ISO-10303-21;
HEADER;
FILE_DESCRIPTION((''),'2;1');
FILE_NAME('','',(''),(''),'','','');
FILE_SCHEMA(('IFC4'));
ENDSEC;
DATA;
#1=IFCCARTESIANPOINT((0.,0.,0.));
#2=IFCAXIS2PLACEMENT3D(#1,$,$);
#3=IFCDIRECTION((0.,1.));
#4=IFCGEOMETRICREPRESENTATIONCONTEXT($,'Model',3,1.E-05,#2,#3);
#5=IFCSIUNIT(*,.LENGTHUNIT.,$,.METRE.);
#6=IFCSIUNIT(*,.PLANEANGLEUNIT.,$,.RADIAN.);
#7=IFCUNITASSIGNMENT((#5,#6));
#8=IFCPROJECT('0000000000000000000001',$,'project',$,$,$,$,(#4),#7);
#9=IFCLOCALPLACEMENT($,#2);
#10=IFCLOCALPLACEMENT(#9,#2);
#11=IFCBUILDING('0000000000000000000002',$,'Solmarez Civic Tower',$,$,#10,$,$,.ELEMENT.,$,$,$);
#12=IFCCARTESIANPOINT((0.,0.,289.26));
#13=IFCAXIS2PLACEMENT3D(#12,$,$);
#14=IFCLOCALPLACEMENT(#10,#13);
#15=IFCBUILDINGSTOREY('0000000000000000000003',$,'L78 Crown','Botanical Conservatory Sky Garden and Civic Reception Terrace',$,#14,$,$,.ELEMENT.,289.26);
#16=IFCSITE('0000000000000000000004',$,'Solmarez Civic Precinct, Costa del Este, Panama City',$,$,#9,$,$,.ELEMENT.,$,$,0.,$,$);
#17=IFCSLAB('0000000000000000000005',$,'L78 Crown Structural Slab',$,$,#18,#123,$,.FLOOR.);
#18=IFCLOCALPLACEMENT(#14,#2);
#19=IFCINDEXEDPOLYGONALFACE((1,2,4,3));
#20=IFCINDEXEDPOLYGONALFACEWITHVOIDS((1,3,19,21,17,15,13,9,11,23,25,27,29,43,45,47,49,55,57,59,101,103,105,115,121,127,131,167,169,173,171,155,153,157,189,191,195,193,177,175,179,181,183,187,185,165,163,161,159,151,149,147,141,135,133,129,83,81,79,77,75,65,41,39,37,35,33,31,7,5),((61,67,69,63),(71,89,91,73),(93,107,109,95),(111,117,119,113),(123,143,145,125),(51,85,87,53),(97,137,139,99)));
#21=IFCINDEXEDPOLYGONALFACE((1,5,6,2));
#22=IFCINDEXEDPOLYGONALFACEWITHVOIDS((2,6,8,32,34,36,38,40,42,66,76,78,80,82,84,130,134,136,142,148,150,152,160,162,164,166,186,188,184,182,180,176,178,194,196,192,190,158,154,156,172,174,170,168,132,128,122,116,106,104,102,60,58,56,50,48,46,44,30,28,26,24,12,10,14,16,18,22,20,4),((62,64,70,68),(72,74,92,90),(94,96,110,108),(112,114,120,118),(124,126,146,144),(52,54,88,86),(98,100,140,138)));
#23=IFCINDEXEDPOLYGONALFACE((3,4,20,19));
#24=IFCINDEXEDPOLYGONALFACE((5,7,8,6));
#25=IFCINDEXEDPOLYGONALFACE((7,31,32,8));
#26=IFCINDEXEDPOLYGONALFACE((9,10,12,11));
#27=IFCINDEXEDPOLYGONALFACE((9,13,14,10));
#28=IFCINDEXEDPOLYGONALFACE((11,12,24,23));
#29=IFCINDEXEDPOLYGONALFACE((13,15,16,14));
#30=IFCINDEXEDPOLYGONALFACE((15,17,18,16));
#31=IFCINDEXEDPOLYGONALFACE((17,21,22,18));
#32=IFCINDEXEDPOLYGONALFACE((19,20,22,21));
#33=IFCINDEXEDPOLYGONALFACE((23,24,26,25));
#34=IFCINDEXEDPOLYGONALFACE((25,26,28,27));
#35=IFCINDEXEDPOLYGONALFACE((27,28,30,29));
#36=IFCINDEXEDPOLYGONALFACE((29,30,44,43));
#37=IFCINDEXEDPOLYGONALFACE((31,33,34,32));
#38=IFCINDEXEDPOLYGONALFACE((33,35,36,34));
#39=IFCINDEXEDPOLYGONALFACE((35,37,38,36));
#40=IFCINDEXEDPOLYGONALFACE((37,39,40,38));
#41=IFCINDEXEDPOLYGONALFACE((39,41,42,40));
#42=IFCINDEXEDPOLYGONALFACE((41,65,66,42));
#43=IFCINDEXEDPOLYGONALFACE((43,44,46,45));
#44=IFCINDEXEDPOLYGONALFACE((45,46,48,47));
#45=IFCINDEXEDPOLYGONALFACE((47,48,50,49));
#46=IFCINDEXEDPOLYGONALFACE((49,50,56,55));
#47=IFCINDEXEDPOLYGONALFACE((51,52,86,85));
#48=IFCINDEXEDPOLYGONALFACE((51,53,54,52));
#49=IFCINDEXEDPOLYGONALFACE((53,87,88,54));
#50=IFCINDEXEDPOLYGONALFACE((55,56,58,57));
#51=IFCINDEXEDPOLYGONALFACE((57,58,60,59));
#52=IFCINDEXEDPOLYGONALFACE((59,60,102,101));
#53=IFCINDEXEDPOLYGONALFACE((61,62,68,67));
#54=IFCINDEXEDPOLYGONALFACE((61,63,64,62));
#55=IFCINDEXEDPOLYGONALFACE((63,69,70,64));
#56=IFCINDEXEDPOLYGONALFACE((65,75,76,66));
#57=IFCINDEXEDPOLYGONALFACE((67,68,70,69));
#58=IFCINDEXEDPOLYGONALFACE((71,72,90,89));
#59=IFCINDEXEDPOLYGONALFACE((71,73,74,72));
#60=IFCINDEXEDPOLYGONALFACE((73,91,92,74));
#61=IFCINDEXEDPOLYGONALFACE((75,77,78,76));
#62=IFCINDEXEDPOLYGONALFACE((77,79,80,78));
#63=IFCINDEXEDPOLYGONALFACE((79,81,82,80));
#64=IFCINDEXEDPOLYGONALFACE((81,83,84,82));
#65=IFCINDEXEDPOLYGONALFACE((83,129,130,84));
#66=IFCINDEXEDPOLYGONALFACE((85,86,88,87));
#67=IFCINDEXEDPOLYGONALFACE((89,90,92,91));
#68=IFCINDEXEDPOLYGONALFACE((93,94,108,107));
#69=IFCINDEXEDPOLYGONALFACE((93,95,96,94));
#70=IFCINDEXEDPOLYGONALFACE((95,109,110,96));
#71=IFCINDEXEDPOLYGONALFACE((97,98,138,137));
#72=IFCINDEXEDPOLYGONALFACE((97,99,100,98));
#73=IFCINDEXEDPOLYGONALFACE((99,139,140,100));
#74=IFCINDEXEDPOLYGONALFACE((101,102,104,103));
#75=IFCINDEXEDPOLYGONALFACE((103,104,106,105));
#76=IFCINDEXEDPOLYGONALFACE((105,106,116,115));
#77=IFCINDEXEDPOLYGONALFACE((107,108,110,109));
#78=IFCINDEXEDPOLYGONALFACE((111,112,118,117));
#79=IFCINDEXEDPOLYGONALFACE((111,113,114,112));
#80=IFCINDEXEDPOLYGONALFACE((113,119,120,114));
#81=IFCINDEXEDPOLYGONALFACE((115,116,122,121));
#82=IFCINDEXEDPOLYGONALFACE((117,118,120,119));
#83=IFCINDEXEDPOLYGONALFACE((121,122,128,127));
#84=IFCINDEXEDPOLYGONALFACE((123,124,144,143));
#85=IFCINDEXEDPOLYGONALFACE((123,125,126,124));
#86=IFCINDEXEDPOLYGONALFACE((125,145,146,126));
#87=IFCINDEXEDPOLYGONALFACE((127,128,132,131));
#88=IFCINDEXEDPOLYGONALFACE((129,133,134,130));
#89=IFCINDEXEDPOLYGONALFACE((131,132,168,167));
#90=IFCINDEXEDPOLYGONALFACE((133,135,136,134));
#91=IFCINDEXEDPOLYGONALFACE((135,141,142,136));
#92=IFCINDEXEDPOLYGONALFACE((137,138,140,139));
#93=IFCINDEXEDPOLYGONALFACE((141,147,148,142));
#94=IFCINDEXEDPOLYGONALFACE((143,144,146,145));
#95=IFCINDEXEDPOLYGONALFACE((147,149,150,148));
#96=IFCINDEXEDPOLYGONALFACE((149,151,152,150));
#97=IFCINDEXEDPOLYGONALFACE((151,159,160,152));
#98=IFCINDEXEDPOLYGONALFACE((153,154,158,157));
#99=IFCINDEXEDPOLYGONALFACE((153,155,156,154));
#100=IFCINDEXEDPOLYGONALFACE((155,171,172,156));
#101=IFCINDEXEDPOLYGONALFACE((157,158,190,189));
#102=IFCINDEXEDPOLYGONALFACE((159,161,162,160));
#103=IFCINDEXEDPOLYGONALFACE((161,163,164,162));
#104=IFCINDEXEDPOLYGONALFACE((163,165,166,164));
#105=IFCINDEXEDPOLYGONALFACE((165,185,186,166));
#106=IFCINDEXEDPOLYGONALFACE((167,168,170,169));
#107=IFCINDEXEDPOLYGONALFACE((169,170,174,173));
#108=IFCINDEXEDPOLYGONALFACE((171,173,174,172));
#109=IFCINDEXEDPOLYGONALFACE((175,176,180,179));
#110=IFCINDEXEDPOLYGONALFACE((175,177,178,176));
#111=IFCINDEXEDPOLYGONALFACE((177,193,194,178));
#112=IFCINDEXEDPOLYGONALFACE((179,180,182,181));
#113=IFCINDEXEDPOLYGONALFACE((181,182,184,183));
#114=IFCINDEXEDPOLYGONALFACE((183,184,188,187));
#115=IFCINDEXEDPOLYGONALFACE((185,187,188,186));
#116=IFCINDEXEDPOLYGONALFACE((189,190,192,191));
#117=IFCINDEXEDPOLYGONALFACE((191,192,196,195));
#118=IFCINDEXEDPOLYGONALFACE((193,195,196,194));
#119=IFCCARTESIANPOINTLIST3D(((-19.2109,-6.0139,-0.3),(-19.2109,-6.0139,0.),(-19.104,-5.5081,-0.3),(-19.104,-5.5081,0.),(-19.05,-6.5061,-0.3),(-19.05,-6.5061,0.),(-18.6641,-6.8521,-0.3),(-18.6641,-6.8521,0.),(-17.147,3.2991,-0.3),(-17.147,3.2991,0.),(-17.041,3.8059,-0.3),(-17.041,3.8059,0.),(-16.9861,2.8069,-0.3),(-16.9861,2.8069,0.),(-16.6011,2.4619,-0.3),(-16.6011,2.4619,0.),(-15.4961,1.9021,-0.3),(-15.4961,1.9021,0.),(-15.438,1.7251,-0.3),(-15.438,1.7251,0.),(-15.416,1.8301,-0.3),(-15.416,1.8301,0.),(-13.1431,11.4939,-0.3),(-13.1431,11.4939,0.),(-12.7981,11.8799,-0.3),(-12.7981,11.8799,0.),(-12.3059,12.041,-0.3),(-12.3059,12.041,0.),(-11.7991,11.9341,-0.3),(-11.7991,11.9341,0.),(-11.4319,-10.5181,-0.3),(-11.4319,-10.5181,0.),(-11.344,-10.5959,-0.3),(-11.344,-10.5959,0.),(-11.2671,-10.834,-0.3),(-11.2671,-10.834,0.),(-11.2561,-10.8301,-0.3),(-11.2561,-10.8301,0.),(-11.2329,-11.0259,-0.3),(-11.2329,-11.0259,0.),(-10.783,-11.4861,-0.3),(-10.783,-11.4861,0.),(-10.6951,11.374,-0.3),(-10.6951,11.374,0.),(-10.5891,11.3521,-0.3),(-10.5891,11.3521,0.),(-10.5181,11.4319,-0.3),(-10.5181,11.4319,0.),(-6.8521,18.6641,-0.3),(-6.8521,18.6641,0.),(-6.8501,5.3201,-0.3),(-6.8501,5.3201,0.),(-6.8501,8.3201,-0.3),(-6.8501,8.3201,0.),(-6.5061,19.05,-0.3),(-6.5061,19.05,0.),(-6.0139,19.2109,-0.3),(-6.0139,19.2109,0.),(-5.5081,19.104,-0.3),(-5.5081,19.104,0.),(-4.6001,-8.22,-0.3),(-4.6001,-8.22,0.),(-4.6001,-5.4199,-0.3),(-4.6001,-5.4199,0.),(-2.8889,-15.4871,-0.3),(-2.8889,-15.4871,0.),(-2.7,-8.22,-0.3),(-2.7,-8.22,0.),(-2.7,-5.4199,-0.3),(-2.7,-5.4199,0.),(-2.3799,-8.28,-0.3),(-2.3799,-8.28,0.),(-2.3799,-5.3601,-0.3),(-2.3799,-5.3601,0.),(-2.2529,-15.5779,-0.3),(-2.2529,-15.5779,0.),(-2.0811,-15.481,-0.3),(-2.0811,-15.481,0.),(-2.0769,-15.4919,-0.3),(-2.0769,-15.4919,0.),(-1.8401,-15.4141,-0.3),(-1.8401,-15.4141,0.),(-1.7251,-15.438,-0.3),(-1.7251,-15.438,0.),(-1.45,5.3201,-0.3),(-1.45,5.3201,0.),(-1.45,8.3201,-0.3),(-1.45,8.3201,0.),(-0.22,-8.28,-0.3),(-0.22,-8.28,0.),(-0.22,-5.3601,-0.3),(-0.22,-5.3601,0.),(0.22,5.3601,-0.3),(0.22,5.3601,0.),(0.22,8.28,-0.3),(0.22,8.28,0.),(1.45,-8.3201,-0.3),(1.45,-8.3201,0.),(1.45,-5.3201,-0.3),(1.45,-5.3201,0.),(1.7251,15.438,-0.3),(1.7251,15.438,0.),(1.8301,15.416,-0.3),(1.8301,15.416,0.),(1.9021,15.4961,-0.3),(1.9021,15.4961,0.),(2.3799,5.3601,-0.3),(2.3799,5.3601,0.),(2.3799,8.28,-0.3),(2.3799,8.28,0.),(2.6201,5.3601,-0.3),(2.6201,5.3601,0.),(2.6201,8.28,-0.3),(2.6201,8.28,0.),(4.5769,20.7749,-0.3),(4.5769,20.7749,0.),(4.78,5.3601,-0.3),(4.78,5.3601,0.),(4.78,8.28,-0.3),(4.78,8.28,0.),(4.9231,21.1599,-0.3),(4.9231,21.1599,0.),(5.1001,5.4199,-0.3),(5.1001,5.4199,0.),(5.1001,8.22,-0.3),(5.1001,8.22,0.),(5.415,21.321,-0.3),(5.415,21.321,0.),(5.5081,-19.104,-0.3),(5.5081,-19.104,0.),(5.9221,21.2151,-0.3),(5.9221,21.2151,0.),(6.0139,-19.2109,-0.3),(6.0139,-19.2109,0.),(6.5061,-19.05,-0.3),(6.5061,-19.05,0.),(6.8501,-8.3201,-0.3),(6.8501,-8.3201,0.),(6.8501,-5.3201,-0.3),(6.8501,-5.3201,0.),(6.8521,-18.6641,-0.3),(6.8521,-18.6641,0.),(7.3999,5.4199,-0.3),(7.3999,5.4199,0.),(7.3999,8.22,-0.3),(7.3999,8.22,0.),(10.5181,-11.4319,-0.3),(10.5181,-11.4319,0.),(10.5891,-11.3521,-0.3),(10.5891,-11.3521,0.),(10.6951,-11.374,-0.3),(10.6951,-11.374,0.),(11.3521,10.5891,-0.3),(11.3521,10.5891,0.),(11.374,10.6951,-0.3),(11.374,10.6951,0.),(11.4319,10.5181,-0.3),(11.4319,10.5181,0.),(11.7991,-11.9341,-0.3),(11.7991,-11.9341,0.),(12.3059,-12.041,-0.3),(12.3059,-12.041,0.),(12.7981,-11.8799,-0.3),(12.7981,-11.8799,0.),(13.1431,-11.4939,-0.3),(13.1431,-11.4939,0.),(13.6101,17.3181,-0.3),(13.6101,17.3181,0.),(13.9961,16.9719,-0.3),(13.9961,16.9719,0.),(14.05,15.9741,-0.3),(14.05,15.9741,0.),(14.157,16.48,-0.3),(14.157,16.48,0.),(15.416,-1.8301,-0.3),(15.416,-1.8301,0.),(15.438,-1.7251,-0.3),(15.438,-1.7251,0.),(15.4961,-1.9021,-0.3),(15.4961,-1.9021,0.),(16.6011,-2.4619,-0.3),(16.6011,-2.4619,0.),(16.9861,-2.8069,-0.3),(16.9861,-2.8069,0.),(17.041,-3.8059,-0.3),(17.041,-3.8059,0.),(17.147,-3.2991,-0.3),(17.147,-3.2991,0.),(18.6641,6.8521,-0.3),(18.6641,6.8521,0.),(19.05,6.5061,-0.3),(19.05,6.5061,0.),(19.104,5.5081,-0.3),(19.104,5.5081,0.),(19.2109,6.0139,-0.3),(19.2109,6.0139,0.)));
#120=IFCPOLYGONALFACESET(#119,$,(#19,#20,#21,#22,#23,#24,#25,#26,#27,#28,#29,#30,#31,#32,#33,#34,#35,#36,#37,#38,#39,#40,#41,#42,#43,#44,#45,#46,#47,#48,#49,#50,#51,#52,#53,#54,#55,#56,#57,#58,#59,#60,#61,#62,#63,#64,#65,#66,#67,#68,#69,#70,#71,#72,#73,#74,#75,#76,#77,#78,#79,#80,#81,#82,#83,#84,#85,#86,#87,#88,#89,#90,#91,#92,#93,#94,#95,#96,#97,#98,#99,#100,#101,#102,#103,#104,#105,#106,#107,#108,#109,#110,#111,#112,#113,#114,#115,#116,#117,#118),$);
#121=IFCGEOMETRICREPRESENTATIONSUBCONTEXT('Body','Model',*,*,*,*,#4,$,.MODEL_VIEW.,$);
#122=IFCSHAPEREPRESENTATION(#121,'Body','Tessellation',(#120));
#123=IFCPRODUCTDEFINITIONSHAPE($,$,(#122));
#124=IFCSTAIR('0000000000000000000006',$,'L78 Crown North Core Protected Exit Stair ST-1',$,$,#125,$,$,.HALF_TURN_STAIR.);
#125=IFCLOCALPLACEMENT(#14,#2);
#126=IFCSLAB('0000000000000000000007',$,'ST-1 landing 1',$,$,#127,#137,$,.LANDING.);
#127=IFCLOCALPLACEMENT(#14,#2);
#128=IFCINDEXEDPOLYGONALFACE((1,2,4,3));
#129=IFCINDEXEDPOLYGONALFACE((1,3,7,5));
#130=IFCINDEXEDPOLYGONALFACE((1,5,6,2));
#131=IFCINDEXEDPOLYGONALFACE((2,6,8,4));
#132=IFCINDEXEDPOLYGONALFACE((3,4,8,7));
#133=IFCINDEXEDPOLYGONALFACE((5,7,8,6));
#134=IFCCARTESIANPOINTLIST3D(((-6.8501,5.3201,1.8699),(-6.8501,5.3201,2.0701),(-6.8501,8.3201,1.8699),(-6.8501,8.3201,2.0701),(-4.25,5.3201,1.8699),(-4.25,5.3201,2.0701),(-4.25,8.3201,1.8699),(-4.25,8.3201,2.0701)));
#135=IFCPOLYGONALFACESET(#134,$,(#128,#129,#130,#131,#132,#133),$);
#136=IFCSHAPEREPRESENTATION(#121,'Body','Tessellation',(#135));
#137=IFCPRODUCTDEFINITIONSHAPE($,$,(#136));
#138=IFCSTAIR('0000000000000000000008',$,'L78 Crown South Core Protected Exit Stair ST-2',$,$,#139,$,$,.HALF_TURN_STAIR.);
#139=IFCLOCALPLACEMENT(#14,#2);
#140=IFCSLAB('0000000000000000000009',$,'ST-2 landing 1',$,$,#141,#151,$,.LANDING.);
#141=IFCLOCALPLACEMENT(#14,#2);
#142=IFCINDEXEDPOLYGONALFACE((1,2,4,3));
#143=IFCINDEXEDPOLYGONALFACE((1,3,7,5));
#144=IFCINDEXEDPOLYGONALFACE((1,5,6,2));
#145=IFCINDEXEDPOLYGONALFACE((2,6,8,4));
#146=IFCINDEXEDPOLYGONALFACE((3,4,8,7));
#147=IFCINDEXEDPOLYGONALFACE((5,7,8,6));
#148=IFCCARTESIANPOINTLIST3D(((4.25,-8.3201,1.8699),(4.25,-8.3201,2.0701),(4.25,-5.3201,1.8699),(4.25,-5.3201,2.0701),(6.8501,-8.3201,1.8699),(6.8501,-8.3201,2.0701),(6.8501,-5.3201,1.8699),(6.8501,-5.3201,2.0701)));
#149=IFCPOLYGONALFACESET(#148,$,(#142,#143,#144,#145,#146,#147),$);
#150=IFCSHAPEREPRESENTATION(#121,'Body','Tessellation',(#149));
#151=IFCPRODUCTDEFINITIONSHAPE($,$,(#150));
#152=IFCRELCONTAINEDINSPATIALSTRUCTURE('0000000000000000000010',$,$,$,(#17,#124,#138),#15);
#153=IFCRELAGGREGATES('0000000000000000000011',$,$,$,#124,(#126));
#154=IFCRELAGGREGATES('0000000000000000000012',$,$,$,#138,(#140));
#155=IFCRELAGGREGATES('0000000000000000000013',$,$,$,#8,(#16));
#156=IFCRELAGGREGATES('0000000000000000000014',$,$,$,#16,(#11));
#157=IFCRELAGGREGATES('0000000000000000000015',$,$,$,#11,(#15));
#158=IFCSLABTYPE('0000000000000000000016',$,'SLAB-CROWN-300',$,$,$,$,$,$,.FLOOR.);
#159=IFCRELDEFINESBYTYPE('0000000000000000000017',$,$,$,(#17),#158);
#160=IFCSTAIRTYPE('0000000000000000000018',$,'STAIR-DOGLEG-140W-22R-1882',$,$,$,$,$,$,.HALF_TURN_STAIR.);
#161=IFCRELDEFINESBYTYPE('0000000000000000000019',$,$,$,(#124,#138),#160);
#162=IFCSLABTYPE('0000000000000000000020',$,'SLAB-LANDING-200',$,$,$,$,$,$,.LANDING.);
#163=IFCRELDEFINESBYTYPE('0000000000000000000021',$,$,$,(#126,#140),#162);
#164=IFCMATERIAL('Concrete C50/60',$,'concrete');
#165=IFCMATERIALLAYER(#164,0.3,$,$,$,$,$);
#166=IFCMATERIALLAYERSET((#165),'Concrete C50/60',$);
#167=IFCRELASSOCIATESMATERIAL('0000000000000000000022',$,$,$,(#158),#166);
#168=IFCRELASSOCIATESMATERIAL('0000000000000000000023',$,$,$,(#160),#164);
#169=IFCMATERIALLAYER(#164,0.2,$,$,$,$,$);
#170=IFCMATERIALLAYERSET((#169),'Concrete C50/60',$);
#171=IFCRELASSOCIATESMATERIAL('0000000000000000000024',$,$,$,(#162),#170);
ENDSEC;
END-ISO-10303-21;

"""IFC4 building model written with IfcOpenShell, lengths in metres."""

from ifc_helpers import new_model, si_unit, direction, frame, origin, place, context, subcontext, project, spatial, polyline, outline, extrude, material, layer, layer_set, type_object, element, aggregate, save


model = new_model("IFC4")

# Units and contexts
model_context = context("Model", 3, precision=1e-05, world=origin(), true_north=direction((0.0, 1.0)))
body_context = subcontext(model_context, "Body", "Model", "MODEL_VIEW")
ifc_project = project(units=[si_unit("LENGTHUNIT", "METRE"), si_unit("PLANEANGLEUNIT", "RADIAN")], contexts=[model_context])

# Site, building, storey
site_placement = place(None, origin())
site = spatial("IfcSite", under=ifc_project, at=site_placement, Name="Solmarez Civic Precinct, Costa del Este, Panama City", CompositionType="ELEMENT", RefElevation=0.0)
building_placement = place(site_placement, origin())
building = spatial("IfcBuilding", under=site, at=building_placement, Name="Solmarez Civic Tower", CompositionType="ELEMENT")
storey_placement = place(building_placement, frame((0.0, 0.0, 289.26)))
storey = spatial("IfcBuildingStorey", under=building, at=storey_placement, Name="L78 Crown", Description="Botanical Conservatory Sky Garden and Civic Reception Terrace", CompositionType="ELEMENT", Elevation=289.26)

# Slab
ifc_material_1 = material(Name="Concrete C50/60", Category="concrete")
ifc_layer_1 = layer(ifc_material_1, 0.3)
ifc_layer_set_1 = layer_set([ifc_layer_1], Name="Concrete C50/60")
slab_type_1 = type_object("IfcSlabType", Name="SLAB-CROWN-300", PredefinedType="FLOOR", material=ifc_layer_set_1)
slab_1_placement = place(storey_placement, frame((0.0, 0.0, -0.3)))
element("IfcSlab", 1, at=slab_1_placement, inside=storey, type_object=slab_type_1, Name="L78 Crown Structural Slab", PredefinedType="FLOOR", context=body_context, shape_type="SweptSolid", body=[
    extrude(outline(polyline([(-2.0769, -15.4919), (-1.8401, -15.4141), (-1.7251, -15.438), (5.5081, -19.104), (6.0139, -19.2109), (6.5061, -19.05), (6.8521, -18.6641), (10.5181, -11.4319), (10.5891, -11.3521), (10.6951, -11.374), (11.7991, -11.9341), (12.3059, -12.041), (12.7981, -11.8799), (13.1431, -11.4939), (17.041, -3.8059), (17.147, -3.2991), (16.9861, -2.8069), (16.6011, -2.4619), (15.4961, -1.9021), (15.416, -1.8301), (15.438, -1.7251), (19.104, 5.5081), (19.2109, 6.0139), (19.05, 6.5061), (18.6641, 6.8521), (11.4319, 10.5181), (11.3521, 10.5891), (11.374, 10.6951), (14.05, 15.9741), (14.157, 16.48), (13.9961, 16.9719), (13.6101, 17.3181), (5.9221, 21.2151), (5.415, 21.321), (4.9231, 21.1599), (4.5769, 20.7749), (1.9021, 15.4961), (1.8301, 15.416), (1.7251, 15.438), (-5.5081, 19.104), (-6.0139, 19.2109), (-6.5061, 19.05), (-6.8521, 18.6641), (-10.5181, 11.4319), (-10.5891, 11.3521), (-10.6951, 11.374), (-11.7991, 11.9341), (-12.3059, 12.041), (-12.7981, 11.8799), (-13.1431, 11.4939), (-17.041, 3.8059), (-17.147, 3.2991), (-16.9861, 2.8069), (-16.6011, 2.4619), (-15.4961, 1.9021), (-15.416, 1.8301), (-15.438, 1.7251), (-19.104, -5.5081), (-19.2109, -6.0139), (-19.05, -6.5061), (-18.6641, -6.8521), (-11.4319, -10.5181), (-11.344, -10.5959), (-11.2671, -10.834), (-11.2561, -10.8301), (-11.2329, -11.0259), (-10.783, -11.4861), (-2.8889, -15.4871), (-2.2529, -15.5779), (-2.0811, -15.481), (-2.0769, -15.4919)]), holes=[polyline([(-1.45, 8.3201), (-6.8501, 8.3201), (-6.8501, 5.3201), (-1.45, 5.3201), (-1.45, 8.3201)]), polyline([(1.45, -8.3201), (6.8501, -8.3201), (6.8501, -5.3201), (1.45, -5.3201), (1.45, -8.3201)]), polyline([(0.22, 5.3601), (2.3799, 5.3601), (2.3799, 8.28), (0.22, 8.28), (0.22, 5.3601)]), polyline([(2.6201, 5.3601), (4.78, 5.3601), (4.78, 8.28), (2.6201, 8.28), (2.6201, 5.3601)]), polyline([(-2.3799, -8.28), (-0.22, -8.28), (-0.22, -5.3601), (-2.3799, -5.3601), (-2.3799, -8.28)]), polyline([(5.1001, 5.4199), (7.3999, 5.4199), (7.3999, 8.22), (5.1001, 8.22), (5.1001, 5.4199)]), polyline([(-4.6001, -8.22), (-2.7, -8.22), (-2.7, -5.4199), (-4.6001, -5.4199), (-4.6001, -8.22)])]), origin(), (0.0, 0.0, 1.0), 0.3),
])

# Stairs, slabs
stair_type = type_object("IfcStairType", Name="STAIR-DOGLEG-140W-22R-1882", PredefinedType="HALF_TURN_STAIR", material=ifc_material_1)
stair_1_placement = place(storey_placement, origin())
stair_1 = element("IfcStair", 2, at=stair_1_placement, inside=storey, type_object=stair_type, Name="L78 Crown North Core Protected Exit Stair ST-1", PredefinedType="HALF_TURN_STAIR")
ifc_layer_2 = layer(ifc_material_1, 0.2)
ifc_layer_set_2 = layer_set([ifc_layer_2], Name="Concrete C50/60")
slab_type_2 = type_object("IfcSlabType", Name="SLAB-LANDING-200", PredefinedType="LANDING", material=ifc_layer_set_2)
slab_2_placement = place(storey_placement, frame((0.0, 0.0, 1.8699)))
slab_2 = element("IfcSlab", 3, at=slab_2_placement, type_object=slab_type_2, Name="ST-1 landing 1", PredefinedType="LANDING", context=body_context, shape_type="SweptSolid", body=[
    extrude(outline(polyline([(-4.25, 8.3201), (-6.8501, 8.3201), (-6.8501, 5.3201), (-4.25, 5.3201), (-4.25, 8.3201)])), origin(), (0.0, 0.0, 1.0), 0.2002),
])
aggregate(stair_1, [slab_2])
stair_2_placement = place(storey_placement, origin())
stair_2 = element("IfcStair", 4, at=stair_2_placement, inside=storey, type_object=stair_type, Name="L78 Crown South Core Protected Exit Stair ST-2", PredefinedType="HALF_TURN_STAIR")
slab_3_placement = place(storey_placement, frame((0.0, 0.0, 1.8699)))
slab_3 = element("IfcSlab", 5, at=slab_3_placement, type_object=slab_type_2, Name="ST-2 landing 1", PredefinedType="LANDING", context=body_context, shape_type="SweptSolid", body=[
    extrude(outline(polyline([(4.25, -8.3201), (6.8501, -8.3201), (6.8501, -5.3201), (4.25, -5.3201), (4.25, -8.3201)])), origin(), (0.0, 0.0, 1.0), 0.2002),
])
aggregate(stair_2, [slab_3])

save(model, "model.ifc")
